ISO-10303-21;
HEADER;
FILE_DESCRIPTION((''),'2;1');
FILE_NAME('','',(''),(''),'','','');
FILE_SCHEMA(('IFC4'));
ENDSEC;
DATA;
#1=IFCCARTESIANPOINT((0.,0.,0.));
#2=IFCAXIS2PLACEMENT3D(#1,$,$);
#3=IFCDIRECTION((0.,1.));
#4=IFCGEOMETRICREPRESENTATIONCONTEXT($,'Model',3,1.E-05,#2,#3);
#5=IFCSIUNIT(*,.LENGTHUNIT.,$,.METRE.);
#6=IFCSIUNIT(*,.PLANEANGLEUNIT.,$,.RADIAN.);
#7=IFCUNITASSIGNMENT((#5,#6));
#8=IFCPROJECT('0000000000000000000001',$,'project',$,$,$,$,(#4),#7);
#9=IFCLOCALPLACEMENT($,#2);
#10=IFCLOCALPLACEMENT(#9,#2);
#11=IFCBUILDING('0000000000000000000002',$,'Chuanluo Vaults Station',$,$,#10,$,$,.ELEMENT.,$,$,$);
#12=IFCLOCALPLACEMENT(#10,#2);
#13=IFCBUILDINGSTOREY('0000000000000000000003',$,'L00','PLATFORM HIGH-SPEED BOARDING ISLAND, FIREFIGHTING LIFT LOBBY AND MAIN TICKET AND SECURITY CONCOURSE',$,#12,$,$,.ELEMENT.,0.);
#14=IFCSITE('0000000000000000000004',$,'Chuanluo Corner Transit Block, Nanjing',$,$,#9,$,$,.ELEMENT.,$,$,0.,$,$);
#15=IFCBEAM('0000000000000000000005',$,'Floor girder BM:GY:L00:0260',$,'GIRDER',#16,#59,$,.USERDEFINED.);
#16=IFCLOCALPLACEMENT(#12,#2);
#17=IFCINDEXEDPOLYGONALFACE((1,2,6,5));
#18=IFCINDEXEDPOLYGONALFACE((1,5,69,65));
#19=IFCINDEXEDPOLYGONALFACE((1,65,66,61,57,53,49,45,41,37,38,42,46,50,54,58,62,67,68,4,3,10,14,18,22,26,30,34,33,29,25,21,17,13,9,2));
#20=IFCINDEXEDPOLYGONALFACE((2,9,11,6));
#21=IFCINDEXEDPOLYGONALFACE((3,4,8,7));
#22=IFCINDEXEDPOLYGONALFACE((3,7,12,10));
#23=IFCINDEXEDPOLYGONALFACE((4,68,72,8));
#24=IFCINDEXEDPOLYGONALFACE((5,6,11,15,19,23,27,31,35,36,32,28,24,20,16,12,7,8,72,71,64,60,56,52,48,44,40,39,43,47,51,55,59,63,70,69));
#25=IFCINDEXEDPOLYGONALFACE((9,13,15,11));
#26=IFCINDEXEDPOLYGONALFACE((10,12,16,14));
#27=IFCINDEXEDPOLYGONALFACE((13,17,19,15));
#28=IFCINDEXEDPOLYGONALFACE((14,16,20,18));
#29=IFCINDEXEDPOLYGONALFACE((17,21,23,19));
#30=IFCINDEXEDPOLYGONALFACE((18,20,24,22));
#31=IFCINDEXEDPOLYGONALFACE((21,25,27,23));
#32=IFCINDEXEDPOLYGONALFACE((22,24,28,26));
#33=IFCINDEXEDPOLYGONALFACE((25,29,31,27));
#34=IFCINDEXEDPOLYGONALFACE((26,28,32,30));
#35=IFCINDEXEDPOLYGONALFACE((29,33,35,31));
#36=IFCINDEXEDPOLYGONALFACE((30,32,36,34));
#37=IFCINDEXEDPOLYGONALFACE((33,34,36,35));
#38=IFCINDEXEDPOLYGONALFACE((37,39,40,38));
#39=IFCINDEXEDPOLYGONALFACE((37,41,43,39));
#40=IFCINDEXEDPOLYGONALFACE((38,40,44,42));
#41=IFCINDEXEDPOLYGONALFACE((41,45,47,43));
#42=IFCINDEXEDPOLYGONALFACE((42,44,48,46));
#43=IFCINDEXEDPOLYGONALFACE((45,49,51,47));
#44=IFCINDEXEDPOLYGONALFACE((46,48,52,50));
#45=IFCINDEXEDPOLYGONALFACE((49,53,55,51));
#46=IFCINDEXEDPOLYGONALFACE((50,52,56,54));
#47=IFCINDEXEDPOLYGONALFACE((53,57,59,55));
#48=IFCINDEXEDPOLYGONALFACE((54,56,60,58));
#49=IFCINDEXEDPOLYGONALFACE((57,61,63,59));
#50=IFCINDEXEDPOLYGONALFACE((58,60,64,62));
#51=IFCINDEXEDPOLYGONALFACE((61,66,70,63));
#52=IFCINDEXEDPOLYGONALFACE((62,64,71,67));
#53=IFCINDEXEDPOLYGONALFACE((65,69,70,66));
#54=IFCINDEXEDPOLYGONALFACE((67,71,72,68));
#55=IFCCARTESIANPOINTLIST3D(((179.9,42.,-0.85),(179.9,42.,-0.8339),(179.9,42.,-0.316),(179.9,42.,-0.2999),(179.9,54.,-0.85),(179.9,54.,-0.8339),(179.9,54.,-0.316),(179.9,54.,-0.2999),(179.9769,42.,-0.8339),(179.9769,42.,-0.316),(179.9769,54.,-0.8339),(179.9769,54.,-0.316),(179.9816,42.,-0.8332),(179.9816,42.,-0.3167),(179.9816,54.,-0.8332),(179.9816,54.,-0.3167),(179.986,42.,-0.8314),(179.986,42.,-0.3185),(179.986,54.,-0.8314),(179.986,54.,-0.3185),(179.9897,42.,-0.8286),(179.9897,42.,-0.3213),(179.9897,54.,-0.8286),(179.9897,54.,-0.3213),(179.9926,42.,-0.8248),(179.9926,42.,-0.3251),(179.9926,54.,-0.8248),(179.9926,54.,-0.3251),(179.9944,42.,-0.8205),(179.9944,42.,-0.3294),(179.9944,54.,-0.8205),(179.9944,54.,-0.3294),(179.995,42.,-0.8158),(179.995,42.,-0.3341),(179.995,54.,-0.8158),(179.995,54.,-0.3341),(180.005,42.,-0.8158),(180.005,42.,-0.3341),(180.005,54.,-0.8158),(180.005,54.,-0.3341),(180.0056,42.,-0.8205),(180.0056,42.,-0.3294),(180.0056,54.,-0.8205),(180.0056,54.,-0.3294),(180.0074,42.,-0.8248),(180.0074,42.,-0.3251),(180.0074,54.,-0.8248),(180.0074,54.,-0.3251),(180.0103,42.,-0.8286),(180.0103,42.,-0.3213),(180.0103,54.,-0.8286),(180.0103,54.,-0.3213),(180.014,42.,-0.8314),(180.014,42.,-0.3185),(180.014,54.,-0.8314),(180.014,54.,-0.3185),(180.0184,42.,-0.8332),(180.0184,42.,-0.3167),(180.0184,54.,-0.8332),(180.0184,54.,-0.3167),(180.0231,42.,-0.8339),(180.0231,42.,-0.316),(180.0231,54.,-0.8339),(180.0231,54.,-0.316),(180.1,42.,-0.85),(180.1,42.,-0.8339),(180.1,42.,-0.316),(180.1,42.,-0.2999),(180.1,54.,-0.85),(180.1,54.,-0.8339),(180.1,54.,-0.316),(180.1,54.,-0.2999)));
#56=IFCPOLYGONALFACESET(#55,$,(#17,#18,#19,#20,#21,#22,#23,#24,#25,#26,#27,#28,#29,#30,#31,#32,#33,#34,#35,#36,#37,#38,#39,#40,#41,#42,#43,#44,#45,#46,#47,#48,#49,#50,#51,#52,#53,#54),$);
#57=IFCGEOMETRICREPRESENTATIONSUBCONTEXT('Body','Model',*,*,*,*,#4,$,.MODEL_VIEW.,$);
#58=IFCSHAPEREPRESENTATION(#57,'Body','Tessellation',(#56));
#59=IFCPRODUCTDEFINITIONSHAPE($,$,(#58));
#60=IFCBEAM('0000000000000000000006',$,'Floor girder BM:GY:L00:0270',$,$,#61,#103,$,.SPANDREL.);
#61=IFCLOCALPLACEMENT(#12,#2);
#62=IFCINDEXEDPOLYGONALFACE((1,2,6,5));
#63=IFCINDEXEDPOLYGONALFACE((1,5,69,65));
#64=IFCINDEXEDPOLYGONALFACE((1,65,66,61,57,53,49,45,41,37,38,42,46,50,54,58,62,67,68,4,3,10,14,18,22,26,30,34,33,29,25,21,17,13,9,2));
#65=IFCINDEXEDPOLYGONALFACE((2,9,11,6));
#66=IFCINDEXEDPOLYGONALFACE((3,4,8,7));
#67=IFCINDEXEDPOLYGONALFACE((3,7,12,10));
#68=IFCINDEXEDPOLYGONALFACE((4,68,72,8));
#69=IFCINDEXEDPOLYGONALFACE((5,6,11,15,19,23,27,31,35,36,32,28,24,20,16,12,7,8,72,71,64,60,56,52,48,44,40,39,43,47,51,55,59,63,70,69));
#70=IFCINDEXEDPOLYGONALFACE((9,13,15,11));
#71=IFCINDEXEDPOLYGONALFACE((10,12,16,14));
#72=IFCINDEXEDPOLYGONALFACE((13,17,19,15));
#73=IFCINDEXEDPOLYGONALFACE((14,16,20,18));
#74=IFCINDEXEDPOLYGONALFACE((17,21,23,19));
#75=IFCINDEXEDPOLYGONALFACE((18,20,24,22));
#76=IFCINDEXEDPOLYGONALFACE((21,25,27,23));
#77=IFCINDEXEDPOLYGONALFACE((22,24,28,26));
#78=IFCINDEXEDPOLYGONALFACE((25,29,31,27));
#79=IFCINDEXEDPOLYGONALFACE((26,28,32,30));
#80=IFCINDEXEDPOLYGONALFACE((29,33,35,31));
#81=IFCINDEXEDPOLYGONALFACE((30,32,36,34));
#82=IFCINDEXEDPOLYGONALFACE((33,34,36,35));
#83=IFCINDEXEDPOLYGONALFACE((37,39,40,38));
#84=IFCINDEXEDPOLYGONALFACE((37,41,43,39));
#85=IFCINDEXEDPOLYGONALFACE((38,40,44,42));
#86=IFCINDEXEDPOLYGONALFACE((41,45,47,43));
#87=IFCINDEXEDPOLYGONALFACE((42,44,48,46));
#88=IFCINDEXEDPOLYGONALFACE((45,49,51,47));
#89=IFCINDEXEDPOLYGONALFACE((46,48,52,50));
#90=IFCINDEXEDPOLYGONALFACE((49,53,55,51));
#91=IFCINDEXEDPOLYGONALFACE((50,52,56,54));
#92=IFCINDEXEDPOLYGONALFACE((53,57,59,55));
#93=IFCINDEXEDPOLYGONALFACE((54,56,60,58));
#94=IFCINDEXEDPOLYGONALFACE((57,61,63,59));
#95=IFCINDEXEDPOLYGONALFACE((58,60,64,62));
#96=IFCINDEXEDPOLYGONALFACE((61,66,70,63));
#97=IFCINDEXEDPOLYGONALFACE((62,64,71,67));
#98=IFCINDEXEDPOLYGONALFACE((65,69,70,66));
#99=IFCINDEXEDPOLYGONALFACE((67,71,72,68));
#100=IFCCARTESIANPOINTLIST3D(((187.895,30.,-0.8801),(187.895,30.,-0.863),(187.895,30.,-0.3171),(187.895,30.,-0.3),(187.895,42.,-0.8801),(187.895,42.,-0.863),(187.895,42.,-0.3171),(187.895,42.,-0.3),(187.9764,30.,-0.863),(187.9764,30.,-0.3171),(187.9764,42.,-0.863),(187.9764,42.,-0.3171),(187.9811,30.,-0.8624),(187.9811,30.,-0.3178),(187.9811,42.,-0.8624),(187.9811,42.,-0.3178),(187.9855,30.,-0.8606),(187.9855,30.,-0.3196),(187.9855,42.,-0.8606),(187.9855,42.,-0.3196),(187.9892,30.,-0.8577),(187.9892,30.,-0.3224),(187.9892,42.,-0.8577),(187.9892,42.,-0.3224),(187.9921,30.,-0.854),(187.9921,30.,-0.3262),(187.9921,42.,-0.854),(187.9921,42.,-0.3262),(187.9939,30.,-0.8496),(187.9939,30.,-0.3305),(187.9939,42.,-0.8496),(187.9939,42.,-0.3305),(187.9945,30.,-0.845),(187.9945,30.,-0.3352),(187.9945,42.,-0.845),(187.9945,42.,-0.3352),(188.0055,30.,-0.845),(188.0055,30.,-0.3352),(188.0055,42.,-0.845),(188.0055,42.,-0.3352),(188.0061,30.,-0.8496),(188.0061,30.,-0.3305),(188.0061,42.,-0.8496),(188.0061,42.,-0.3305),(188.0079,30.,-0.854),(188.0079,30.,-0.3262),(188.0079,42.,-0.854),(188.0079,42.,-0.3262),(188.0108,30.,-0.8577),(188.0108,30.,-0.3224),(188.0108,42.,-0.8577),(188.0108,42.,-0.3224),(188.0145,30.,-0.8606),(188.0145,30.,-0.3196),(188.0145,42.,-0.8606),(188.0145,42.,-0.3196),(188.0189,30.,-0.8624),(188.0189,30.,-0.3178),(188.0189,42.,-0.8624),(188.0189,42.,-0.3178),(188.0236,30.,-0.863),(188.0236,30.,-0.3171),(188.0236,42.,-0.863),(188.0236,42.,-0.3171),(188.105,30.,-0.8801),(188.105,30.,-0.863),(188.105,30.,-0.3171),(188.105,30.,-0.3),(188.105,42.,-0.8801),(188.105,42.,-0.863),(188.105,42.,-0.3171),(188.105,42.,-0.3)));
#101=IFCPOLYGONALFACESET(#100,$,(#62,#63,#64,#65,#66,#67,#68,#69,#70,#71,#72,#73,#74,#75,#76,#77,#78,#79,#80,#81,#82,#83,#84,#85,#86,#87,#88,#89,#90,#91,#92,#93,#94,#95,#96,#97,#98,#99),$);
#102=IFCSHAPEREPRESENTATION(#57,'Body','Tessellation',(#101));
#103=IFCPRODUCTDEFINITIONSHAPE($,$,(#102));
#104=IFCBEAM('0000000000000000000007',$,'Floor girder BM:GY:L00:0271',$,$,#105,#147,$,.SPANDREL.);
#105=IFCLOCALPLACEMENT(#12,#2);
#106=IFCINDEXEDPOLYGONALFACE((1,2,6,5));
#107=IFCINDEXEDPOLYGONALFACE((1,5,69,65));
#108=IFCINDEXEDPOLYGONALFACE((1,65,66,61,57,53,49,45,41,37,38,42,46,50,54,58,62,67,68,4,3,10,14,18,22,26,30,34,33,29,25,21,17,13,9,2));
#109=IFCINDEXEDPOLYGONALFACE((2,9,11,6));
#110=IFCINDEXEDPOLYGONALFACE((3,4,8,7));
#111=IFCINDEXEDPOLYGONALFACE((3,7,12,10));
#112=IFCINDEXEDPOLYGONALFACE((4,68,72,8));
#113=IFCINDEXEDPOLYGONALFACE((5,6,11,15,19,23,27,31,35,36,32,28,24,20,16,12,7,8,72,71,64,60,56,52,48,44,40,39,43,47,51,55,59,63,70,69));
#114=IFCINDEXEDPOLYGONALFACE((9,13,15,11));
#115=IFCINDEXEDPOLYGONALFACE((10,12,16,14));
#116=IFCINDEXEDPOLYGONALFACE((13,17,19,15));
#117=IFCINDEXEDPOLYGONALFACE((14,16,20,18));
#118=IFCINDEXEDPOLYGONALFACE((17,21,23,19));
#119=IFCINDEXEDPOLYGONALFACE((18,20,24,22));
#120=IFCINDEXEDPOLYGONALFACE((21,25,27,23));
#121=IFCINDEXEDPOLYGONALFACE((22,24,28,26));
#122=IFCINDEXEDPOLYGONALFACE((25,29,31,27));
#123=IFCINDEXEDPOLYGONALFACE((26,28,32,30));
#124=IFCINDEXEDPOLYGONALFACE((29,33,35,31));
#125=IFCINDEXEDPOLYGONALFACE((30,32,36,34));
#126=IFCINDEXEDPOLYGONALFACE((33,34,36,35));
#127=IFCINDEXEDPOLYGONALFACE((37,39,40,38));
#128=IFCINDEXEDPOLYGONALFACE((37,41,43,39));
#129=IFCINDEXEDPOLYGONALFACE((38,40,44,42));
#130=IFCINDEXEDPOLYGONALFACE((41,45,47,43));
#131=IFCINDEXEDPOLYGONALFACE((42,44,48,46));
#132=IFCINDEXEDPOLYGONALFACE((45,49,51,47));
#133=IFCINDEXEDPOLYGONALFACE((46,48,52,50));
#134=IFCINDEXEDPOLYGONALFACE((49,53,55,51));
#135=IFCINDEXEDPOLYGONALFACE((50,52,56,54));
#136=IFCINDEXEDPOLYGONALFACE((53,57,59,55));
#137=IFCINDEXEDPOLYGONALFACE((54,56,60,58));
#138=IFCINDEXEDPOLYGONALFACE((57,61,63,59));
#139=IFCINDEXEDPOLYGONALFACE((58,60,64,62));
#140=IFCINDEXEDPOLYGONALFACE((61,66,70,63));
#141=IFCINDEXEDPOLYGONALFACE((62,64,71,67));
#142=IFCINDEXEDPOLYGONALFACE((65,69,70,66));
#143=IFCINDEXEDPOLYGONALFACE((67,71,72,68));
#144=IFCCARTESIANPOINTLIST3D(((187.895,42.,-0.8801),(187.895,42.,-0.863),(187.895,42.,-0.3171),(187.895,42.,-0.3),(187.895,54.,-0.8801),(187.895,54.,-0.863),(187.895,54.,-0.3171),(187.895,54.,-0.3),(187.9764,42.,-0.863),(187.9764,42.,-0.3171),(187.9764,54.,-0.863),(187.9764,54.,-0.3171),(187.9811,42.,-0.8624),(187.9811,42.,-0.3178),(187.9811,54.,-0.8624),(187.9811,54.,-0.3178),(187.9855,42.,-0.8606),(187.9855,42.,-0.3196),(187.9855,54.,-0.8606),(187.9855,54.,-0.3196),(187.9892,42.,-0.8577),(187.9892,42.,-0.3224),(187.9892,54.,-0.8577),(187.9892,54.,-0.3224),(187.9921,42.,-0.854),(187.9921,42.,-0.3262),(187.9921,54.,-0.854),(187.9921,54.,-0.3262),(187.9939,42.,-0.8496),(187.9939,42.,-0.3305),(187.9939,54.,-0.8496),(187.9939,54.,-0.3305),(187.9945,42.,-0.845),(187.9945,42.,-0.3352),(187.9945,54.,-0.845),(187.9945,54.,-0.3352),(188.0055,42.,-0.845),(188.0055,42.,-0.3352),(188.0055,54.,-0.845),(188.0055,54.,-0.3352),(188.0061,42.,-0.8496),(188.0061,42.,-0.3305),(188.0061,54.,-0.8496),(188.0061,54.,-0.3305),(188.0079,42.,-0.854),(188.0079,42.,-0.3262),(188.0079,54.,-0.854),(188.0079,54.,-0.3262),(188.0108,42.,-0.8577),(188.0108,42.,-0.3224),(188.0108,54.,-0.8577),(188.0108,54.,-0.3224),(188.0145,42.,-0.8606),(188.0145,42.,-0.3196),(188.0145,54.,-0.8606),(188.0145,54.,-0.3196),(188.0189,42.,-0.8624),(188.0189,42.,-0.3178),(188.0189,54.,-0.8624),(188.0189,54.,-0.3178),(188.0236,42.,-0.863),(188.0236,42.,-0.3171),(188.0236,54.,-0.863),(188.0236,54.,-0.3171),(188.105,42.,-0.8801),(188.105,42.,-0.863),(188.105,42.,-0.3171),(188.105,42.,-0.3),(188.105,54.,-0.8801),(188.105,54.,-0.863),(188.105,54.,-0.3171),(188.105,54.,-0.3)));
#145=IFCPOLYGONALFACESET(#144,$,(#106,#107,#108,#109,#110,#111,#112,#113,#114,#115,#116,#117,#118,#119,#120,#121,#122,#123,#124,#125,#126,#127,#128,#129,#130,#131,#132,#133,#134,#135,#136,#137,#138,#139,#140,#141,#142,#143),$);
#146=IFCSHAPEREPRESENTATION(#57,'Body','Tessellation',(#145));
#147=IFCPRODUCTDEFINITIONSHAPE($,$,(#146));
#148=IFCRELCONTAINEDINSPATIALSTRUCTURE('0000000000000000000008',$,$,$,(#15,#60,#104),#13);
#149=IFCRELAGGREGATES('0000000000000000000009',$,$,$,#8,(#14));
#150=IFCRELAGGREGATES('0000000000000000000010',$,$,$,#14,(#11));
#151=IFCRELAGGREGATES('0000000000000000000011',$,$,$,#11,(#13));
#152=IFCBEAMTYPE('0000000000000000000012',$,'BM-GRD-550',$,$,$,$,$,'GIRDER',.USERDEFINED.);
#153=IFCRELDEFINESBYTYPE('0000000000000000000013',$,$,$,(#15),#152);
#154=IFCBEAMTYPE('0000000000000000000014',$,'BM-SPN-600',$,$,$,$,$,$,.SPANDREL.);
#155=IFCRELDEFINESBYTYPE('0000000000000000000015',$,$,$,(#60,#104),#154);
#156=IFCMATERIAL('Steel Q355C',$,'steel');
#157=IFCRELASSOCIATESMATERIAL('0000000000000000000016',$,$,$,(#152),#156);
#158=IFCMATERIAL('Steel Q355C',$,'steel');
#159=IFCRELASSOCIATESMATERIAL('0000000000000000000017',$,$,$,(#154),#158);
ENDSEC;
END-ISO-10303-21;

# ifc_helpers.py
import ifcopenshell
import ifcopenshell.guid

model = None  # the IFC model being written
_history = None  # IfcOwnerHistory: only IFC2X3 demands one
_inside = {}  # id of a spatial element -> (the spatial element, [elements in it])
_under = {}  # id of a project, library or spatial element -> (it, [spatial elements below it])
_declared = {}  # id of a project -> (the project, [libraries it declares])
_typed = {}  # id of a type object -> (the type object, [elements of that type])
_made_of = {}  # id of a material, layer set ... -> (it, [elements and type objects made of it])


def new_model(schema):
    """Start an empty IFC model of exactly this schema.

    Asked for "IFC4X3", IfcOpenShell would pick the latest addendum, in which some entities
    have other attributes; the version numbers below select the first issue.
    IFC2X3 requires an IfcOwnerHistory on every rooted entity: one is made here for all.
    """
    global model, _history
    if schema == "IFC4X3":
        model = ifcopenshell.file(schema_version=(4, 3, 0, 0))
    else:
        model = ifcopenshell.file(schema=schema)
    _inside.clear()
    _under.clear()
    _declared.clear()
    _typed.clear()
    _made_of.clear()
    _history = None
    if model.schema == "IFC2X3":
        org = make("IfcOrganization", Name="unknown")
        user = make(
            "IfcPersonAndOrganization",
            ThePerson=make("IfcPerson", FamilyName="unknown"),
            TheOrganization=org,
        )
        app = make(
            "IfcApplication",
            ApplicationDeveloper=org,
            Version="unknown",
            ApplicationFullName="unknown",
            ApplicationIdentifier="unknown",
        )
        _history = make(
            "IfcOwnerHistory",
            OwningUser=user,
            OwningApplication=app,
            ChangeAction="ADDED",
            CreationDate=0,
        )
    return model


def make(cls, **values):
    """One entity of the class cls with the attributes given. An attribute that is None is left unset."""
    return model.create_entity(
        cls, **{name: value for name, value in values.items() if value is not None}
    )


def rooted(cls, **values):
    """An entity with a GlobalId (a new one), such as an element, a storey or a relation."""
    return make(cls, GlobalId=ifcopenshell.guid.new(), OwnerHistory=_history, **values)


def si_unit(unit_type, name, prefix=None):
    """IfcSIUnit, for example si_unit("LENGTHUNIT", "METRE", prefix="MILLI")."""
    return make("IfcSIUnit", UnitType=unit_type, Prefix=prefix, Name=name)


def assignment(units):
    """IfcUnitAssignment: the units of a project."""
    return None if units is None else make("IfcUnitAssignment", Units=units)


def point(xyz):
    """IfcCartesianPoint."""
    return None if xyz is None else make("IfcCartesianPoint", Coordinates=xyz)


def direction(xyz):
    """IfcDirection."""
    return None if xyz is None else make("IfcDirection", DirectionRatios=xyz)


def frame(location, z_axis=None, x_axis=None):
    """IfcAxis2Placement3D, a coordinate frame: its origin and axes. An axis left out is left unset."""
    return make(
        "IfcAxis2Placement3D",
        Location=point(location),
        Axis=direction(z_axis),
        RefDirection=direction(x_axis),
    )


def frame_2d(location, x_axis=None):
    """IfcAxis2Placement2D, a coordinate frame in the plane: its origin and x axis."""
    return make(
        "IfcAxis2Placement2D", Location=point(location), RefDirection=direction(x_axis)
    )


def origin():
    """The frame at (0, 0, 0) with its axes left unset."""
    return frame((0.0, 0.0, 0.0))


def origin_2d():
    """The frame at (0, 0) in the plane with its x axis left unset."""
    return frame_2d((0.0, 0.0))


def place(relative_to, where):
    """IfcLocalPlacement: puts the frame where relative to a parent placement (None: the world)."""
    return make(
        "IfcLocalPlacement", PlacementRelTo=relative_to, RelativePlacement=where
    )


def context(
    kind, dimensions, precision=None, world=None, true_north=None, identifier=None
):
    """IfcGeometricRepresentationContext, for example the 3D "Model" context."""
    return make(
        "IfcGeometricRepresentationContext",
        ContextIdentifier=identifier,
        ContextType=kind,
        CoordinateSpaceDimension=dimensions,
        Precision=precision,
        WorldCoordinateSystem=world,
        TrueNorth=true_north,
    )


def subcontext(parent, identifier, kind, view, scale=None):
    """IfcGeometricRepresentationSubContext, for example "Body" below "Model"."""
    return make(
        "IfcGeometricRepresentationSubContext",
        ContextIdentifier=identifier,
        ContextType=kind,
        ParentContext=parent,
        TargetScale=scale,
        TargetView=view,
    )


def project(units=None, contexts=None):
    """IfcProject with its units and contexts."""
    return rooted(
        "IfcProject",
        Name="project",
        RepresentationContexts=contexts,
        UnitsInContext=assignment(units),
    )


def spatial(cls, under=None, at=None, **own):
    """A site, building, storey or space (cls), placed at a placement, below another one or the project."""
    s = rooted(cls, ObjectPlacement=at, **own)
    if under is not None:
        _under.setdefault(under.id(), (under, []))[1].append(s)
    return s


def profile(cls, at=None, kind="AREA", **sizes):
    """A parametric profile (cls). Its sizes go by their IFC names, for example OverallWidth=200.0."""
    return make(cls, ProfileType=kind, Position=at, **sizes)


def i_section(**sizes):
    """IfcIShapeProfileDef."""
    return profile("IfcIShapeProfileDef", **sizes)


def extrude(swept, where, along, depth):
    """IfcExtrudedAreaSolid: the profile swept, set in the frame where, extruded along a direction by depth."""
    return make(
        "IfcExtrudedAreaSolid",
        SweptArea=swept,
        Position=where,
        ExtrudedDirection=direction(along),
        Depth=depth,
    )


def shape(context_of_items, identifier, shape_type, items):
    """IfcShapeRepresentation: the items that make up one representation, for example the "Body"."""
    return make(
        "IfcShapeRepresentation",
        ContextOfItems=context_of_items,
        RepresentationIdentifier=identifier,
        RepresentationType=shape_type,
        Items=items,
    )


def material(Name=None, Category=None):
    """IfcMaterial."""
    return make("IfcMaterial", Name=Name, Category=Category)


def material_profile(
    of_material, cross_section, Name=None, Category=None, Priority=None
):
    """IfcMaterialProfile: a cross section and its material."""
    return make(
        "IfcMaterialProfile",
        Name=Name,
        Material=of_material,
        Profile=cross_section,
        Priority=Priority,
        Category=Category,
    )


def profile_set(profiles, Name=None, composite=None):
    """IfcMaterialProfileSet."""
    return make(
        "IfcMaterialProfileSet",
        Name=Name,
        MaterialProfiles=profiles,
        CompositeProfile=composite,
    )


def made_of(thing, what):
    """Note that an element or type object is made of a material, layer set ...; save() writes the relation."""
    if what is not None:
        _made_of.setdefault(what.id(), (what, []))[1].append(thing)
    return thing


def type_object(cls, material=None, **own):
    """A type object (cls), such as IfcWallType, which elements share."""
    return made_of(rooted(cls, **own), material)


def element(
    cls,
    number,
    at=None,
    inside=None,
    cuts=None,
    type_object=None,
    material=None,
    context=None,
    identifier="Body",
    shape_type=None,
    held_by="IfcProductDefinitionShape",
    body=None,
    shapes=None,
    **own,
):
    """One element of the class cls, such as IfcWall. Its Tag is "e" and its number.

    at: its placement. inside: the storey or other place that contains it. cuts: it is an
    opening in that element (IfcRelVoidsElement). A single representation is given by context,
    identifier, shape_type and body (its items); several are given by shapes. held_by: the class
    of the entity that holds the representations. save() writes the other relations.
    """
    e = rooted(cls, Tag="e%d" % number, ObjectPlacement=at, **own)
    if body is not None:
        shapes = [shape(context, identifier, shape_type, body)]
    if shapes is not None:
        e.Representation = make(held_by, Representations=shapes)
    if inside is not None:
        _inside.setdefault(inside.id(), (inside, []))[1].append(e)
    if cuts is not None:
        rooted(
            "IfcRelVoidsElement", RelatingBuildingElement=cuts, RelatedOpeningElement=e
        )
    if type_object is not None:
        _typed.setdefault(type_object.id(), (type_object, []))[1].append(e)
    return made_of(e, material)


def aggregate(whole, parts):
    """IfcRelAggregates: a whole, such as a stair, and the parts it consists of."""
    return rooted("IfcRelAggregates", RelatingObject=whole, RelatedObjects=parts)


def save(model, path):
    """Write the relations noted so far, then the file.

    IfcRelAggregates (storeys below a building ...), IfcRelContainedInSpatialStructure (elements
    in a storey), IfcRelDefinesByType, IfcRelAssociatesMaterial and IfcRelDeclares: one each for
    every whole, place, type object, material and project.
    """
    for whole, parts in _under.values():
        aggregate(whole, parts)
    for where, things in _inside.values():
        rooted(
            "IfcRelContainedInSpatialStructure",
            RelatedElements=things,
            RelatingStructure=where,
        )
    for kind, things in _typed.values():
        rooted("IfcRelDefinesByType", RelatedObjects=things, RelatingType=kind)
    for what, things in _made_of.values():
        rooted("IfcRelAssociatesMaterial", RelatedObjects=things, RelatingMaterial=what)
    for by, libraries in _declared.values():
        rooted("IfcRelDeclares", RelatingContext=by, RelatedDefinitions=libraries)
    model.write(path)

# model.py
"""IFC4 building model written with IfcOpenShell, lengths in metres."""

from ifc_helpers import new_model, si_unit, direction, frame, origin, origin_2d, place, context, subcontext, project, spatial, i_section, extrude, material, material_profile, profile_set, type_object, element, save


model = new_model("IFC4")

# Units and contexts
model_context = context("Model", 3, precision=1e-05, world=origin(), true_north=direction((0.0, 1.0)))
body_context = subcontext(model_context, "Body", "Model", "MODEL_VIEW")
ifc_project = project(units=[si_unit("LENGTHUNIT", "METRE"), si_unit("PLANEANGLEUNIT", "RADIAN")], contexts=[model_context])

# Site, building, storey
site_placement = place(None, origin())
site = spatial("IfcSite", under=ifc_project, at=site_placement, Name="Chuanluo Corner Transit Block, Nanjing", CompositionType="ELEMENT", RefElevation=0.0)
building_placement = place(site_placement, origin())
building = spatial("IfcBuilding", under=site, at=building_placement, Name="Chuanluo Vaults Station", CompositionType="ELEMENT")
storey_placement = place(building_placement, origin())
storey = spatial("IfcBuildingStorey", under=building, at=storey_placement, Name="L00", Description="PLATFORM HIGH-SPEED BOARDING ISLAND, FIREFIGHTING LIFT LOBBY AND MAIN TICKET AND SECURITY CONCOURSE", CompositionType="ELEMENT", Elevation=0.0)

# Beams
ifc_material_1 = material(Name="Steel Q355C", Category="steel")
ifc_material_profile_1 = material_profile(ifc_material_1, i_section(OverallWidth=0.2, OverallDepth=0.55, WebThickness=0.01, FlangeThickness=0.0161, FilletRadius=0.0181, at=origin_2d()))
ifc_profile_set_1 = profile_set([ifc_material_profile_1], Name="Steel Q355C")
beam_type_1 = type_object("IfcBeamType", Name="BM-GRD-550", ElementType="GIRDER", PredefinedType="USERDEFINED", material=ifc_profile_set_1)
for number, where, z_axis, x_axis, name in (
    (1, (180.0, 42.0, -0.575), (0.0, 1.0, 0.0), (-1.0, 0.0, 0.0), "Floor girder BM:GY:L00:0260"),
):
    element("IfcBeam", number, at=place(storey_placement, frame(where, z_axis=z_axis, x_axis=x_axis)), inside=storey, type_object=beam_type_1, Name=name, ObjectType="GIRDER", PredefinedType="USERDEFINED", context=body_context, shape_type="SweptSolid", body=[
        extrude(i_section(OverallWidth=0.2, OverallDepth=0.55, WebThickness=0.01, FlangeThickness=0.0161, FilletRadius=0.0181, at=origin_2d()), origin(), (0.0, 0.0, 1.0), 12.0),
    ])
ifc_material_2 = material(Name="Steel Q355C", Category="steel")
ifc_material_profile_2 = material_profile(ifc_material_2, i_section(OverallWidth=0.21, OverallDepth=0.5801, WebThickness=0.011, FlangeThickness=0.0171, FilletRadius=0.0181, at=origin_2d()))
ifc_profile_set_2 = profile_set([ifc_material_profile_2], Name="Steel Q355C")
beam_type_2 = type_object("IfcBeamType", Name="BM-SPN-600", PredefinedType="SPANDREL", material=ifc_profile_set_2)
for number, where, z_axis, x_axis, name in (
    (2, (188.0, 30.0, -0.5901), (0.0, 1.0, 0.0), (-1.0, 0.0, 0.0), "Floor girder BM:GY:L00:0270"),
    (3, (188.0, 42.0, -0.5901), (0.0, 1.0, 0.0), (-1.0, 0.0, 0.0), "Floor girder BM:GY:L00:0271"),
):
    element("IfcBeam", number, at=place(storey_placement, frame(where, z_axis=z_axis, x_axis=x_axis)), inside=storey, type_object=beam_type_2, Name=name, PredefinedType="SPANDREL", context=body_context, shape_type="SweptSolid", body=[
        extrude(i_section(OverallWidth=0.21, OverallDepth=0.5801, WebThickness=0.011, FlangeThickness=0.0171, FilletRadius=0.0181, at=origin_2d()), origin(), (0.0, 0.0, 1.0), 12.0),
    ])

save(model, "model.ifc")
